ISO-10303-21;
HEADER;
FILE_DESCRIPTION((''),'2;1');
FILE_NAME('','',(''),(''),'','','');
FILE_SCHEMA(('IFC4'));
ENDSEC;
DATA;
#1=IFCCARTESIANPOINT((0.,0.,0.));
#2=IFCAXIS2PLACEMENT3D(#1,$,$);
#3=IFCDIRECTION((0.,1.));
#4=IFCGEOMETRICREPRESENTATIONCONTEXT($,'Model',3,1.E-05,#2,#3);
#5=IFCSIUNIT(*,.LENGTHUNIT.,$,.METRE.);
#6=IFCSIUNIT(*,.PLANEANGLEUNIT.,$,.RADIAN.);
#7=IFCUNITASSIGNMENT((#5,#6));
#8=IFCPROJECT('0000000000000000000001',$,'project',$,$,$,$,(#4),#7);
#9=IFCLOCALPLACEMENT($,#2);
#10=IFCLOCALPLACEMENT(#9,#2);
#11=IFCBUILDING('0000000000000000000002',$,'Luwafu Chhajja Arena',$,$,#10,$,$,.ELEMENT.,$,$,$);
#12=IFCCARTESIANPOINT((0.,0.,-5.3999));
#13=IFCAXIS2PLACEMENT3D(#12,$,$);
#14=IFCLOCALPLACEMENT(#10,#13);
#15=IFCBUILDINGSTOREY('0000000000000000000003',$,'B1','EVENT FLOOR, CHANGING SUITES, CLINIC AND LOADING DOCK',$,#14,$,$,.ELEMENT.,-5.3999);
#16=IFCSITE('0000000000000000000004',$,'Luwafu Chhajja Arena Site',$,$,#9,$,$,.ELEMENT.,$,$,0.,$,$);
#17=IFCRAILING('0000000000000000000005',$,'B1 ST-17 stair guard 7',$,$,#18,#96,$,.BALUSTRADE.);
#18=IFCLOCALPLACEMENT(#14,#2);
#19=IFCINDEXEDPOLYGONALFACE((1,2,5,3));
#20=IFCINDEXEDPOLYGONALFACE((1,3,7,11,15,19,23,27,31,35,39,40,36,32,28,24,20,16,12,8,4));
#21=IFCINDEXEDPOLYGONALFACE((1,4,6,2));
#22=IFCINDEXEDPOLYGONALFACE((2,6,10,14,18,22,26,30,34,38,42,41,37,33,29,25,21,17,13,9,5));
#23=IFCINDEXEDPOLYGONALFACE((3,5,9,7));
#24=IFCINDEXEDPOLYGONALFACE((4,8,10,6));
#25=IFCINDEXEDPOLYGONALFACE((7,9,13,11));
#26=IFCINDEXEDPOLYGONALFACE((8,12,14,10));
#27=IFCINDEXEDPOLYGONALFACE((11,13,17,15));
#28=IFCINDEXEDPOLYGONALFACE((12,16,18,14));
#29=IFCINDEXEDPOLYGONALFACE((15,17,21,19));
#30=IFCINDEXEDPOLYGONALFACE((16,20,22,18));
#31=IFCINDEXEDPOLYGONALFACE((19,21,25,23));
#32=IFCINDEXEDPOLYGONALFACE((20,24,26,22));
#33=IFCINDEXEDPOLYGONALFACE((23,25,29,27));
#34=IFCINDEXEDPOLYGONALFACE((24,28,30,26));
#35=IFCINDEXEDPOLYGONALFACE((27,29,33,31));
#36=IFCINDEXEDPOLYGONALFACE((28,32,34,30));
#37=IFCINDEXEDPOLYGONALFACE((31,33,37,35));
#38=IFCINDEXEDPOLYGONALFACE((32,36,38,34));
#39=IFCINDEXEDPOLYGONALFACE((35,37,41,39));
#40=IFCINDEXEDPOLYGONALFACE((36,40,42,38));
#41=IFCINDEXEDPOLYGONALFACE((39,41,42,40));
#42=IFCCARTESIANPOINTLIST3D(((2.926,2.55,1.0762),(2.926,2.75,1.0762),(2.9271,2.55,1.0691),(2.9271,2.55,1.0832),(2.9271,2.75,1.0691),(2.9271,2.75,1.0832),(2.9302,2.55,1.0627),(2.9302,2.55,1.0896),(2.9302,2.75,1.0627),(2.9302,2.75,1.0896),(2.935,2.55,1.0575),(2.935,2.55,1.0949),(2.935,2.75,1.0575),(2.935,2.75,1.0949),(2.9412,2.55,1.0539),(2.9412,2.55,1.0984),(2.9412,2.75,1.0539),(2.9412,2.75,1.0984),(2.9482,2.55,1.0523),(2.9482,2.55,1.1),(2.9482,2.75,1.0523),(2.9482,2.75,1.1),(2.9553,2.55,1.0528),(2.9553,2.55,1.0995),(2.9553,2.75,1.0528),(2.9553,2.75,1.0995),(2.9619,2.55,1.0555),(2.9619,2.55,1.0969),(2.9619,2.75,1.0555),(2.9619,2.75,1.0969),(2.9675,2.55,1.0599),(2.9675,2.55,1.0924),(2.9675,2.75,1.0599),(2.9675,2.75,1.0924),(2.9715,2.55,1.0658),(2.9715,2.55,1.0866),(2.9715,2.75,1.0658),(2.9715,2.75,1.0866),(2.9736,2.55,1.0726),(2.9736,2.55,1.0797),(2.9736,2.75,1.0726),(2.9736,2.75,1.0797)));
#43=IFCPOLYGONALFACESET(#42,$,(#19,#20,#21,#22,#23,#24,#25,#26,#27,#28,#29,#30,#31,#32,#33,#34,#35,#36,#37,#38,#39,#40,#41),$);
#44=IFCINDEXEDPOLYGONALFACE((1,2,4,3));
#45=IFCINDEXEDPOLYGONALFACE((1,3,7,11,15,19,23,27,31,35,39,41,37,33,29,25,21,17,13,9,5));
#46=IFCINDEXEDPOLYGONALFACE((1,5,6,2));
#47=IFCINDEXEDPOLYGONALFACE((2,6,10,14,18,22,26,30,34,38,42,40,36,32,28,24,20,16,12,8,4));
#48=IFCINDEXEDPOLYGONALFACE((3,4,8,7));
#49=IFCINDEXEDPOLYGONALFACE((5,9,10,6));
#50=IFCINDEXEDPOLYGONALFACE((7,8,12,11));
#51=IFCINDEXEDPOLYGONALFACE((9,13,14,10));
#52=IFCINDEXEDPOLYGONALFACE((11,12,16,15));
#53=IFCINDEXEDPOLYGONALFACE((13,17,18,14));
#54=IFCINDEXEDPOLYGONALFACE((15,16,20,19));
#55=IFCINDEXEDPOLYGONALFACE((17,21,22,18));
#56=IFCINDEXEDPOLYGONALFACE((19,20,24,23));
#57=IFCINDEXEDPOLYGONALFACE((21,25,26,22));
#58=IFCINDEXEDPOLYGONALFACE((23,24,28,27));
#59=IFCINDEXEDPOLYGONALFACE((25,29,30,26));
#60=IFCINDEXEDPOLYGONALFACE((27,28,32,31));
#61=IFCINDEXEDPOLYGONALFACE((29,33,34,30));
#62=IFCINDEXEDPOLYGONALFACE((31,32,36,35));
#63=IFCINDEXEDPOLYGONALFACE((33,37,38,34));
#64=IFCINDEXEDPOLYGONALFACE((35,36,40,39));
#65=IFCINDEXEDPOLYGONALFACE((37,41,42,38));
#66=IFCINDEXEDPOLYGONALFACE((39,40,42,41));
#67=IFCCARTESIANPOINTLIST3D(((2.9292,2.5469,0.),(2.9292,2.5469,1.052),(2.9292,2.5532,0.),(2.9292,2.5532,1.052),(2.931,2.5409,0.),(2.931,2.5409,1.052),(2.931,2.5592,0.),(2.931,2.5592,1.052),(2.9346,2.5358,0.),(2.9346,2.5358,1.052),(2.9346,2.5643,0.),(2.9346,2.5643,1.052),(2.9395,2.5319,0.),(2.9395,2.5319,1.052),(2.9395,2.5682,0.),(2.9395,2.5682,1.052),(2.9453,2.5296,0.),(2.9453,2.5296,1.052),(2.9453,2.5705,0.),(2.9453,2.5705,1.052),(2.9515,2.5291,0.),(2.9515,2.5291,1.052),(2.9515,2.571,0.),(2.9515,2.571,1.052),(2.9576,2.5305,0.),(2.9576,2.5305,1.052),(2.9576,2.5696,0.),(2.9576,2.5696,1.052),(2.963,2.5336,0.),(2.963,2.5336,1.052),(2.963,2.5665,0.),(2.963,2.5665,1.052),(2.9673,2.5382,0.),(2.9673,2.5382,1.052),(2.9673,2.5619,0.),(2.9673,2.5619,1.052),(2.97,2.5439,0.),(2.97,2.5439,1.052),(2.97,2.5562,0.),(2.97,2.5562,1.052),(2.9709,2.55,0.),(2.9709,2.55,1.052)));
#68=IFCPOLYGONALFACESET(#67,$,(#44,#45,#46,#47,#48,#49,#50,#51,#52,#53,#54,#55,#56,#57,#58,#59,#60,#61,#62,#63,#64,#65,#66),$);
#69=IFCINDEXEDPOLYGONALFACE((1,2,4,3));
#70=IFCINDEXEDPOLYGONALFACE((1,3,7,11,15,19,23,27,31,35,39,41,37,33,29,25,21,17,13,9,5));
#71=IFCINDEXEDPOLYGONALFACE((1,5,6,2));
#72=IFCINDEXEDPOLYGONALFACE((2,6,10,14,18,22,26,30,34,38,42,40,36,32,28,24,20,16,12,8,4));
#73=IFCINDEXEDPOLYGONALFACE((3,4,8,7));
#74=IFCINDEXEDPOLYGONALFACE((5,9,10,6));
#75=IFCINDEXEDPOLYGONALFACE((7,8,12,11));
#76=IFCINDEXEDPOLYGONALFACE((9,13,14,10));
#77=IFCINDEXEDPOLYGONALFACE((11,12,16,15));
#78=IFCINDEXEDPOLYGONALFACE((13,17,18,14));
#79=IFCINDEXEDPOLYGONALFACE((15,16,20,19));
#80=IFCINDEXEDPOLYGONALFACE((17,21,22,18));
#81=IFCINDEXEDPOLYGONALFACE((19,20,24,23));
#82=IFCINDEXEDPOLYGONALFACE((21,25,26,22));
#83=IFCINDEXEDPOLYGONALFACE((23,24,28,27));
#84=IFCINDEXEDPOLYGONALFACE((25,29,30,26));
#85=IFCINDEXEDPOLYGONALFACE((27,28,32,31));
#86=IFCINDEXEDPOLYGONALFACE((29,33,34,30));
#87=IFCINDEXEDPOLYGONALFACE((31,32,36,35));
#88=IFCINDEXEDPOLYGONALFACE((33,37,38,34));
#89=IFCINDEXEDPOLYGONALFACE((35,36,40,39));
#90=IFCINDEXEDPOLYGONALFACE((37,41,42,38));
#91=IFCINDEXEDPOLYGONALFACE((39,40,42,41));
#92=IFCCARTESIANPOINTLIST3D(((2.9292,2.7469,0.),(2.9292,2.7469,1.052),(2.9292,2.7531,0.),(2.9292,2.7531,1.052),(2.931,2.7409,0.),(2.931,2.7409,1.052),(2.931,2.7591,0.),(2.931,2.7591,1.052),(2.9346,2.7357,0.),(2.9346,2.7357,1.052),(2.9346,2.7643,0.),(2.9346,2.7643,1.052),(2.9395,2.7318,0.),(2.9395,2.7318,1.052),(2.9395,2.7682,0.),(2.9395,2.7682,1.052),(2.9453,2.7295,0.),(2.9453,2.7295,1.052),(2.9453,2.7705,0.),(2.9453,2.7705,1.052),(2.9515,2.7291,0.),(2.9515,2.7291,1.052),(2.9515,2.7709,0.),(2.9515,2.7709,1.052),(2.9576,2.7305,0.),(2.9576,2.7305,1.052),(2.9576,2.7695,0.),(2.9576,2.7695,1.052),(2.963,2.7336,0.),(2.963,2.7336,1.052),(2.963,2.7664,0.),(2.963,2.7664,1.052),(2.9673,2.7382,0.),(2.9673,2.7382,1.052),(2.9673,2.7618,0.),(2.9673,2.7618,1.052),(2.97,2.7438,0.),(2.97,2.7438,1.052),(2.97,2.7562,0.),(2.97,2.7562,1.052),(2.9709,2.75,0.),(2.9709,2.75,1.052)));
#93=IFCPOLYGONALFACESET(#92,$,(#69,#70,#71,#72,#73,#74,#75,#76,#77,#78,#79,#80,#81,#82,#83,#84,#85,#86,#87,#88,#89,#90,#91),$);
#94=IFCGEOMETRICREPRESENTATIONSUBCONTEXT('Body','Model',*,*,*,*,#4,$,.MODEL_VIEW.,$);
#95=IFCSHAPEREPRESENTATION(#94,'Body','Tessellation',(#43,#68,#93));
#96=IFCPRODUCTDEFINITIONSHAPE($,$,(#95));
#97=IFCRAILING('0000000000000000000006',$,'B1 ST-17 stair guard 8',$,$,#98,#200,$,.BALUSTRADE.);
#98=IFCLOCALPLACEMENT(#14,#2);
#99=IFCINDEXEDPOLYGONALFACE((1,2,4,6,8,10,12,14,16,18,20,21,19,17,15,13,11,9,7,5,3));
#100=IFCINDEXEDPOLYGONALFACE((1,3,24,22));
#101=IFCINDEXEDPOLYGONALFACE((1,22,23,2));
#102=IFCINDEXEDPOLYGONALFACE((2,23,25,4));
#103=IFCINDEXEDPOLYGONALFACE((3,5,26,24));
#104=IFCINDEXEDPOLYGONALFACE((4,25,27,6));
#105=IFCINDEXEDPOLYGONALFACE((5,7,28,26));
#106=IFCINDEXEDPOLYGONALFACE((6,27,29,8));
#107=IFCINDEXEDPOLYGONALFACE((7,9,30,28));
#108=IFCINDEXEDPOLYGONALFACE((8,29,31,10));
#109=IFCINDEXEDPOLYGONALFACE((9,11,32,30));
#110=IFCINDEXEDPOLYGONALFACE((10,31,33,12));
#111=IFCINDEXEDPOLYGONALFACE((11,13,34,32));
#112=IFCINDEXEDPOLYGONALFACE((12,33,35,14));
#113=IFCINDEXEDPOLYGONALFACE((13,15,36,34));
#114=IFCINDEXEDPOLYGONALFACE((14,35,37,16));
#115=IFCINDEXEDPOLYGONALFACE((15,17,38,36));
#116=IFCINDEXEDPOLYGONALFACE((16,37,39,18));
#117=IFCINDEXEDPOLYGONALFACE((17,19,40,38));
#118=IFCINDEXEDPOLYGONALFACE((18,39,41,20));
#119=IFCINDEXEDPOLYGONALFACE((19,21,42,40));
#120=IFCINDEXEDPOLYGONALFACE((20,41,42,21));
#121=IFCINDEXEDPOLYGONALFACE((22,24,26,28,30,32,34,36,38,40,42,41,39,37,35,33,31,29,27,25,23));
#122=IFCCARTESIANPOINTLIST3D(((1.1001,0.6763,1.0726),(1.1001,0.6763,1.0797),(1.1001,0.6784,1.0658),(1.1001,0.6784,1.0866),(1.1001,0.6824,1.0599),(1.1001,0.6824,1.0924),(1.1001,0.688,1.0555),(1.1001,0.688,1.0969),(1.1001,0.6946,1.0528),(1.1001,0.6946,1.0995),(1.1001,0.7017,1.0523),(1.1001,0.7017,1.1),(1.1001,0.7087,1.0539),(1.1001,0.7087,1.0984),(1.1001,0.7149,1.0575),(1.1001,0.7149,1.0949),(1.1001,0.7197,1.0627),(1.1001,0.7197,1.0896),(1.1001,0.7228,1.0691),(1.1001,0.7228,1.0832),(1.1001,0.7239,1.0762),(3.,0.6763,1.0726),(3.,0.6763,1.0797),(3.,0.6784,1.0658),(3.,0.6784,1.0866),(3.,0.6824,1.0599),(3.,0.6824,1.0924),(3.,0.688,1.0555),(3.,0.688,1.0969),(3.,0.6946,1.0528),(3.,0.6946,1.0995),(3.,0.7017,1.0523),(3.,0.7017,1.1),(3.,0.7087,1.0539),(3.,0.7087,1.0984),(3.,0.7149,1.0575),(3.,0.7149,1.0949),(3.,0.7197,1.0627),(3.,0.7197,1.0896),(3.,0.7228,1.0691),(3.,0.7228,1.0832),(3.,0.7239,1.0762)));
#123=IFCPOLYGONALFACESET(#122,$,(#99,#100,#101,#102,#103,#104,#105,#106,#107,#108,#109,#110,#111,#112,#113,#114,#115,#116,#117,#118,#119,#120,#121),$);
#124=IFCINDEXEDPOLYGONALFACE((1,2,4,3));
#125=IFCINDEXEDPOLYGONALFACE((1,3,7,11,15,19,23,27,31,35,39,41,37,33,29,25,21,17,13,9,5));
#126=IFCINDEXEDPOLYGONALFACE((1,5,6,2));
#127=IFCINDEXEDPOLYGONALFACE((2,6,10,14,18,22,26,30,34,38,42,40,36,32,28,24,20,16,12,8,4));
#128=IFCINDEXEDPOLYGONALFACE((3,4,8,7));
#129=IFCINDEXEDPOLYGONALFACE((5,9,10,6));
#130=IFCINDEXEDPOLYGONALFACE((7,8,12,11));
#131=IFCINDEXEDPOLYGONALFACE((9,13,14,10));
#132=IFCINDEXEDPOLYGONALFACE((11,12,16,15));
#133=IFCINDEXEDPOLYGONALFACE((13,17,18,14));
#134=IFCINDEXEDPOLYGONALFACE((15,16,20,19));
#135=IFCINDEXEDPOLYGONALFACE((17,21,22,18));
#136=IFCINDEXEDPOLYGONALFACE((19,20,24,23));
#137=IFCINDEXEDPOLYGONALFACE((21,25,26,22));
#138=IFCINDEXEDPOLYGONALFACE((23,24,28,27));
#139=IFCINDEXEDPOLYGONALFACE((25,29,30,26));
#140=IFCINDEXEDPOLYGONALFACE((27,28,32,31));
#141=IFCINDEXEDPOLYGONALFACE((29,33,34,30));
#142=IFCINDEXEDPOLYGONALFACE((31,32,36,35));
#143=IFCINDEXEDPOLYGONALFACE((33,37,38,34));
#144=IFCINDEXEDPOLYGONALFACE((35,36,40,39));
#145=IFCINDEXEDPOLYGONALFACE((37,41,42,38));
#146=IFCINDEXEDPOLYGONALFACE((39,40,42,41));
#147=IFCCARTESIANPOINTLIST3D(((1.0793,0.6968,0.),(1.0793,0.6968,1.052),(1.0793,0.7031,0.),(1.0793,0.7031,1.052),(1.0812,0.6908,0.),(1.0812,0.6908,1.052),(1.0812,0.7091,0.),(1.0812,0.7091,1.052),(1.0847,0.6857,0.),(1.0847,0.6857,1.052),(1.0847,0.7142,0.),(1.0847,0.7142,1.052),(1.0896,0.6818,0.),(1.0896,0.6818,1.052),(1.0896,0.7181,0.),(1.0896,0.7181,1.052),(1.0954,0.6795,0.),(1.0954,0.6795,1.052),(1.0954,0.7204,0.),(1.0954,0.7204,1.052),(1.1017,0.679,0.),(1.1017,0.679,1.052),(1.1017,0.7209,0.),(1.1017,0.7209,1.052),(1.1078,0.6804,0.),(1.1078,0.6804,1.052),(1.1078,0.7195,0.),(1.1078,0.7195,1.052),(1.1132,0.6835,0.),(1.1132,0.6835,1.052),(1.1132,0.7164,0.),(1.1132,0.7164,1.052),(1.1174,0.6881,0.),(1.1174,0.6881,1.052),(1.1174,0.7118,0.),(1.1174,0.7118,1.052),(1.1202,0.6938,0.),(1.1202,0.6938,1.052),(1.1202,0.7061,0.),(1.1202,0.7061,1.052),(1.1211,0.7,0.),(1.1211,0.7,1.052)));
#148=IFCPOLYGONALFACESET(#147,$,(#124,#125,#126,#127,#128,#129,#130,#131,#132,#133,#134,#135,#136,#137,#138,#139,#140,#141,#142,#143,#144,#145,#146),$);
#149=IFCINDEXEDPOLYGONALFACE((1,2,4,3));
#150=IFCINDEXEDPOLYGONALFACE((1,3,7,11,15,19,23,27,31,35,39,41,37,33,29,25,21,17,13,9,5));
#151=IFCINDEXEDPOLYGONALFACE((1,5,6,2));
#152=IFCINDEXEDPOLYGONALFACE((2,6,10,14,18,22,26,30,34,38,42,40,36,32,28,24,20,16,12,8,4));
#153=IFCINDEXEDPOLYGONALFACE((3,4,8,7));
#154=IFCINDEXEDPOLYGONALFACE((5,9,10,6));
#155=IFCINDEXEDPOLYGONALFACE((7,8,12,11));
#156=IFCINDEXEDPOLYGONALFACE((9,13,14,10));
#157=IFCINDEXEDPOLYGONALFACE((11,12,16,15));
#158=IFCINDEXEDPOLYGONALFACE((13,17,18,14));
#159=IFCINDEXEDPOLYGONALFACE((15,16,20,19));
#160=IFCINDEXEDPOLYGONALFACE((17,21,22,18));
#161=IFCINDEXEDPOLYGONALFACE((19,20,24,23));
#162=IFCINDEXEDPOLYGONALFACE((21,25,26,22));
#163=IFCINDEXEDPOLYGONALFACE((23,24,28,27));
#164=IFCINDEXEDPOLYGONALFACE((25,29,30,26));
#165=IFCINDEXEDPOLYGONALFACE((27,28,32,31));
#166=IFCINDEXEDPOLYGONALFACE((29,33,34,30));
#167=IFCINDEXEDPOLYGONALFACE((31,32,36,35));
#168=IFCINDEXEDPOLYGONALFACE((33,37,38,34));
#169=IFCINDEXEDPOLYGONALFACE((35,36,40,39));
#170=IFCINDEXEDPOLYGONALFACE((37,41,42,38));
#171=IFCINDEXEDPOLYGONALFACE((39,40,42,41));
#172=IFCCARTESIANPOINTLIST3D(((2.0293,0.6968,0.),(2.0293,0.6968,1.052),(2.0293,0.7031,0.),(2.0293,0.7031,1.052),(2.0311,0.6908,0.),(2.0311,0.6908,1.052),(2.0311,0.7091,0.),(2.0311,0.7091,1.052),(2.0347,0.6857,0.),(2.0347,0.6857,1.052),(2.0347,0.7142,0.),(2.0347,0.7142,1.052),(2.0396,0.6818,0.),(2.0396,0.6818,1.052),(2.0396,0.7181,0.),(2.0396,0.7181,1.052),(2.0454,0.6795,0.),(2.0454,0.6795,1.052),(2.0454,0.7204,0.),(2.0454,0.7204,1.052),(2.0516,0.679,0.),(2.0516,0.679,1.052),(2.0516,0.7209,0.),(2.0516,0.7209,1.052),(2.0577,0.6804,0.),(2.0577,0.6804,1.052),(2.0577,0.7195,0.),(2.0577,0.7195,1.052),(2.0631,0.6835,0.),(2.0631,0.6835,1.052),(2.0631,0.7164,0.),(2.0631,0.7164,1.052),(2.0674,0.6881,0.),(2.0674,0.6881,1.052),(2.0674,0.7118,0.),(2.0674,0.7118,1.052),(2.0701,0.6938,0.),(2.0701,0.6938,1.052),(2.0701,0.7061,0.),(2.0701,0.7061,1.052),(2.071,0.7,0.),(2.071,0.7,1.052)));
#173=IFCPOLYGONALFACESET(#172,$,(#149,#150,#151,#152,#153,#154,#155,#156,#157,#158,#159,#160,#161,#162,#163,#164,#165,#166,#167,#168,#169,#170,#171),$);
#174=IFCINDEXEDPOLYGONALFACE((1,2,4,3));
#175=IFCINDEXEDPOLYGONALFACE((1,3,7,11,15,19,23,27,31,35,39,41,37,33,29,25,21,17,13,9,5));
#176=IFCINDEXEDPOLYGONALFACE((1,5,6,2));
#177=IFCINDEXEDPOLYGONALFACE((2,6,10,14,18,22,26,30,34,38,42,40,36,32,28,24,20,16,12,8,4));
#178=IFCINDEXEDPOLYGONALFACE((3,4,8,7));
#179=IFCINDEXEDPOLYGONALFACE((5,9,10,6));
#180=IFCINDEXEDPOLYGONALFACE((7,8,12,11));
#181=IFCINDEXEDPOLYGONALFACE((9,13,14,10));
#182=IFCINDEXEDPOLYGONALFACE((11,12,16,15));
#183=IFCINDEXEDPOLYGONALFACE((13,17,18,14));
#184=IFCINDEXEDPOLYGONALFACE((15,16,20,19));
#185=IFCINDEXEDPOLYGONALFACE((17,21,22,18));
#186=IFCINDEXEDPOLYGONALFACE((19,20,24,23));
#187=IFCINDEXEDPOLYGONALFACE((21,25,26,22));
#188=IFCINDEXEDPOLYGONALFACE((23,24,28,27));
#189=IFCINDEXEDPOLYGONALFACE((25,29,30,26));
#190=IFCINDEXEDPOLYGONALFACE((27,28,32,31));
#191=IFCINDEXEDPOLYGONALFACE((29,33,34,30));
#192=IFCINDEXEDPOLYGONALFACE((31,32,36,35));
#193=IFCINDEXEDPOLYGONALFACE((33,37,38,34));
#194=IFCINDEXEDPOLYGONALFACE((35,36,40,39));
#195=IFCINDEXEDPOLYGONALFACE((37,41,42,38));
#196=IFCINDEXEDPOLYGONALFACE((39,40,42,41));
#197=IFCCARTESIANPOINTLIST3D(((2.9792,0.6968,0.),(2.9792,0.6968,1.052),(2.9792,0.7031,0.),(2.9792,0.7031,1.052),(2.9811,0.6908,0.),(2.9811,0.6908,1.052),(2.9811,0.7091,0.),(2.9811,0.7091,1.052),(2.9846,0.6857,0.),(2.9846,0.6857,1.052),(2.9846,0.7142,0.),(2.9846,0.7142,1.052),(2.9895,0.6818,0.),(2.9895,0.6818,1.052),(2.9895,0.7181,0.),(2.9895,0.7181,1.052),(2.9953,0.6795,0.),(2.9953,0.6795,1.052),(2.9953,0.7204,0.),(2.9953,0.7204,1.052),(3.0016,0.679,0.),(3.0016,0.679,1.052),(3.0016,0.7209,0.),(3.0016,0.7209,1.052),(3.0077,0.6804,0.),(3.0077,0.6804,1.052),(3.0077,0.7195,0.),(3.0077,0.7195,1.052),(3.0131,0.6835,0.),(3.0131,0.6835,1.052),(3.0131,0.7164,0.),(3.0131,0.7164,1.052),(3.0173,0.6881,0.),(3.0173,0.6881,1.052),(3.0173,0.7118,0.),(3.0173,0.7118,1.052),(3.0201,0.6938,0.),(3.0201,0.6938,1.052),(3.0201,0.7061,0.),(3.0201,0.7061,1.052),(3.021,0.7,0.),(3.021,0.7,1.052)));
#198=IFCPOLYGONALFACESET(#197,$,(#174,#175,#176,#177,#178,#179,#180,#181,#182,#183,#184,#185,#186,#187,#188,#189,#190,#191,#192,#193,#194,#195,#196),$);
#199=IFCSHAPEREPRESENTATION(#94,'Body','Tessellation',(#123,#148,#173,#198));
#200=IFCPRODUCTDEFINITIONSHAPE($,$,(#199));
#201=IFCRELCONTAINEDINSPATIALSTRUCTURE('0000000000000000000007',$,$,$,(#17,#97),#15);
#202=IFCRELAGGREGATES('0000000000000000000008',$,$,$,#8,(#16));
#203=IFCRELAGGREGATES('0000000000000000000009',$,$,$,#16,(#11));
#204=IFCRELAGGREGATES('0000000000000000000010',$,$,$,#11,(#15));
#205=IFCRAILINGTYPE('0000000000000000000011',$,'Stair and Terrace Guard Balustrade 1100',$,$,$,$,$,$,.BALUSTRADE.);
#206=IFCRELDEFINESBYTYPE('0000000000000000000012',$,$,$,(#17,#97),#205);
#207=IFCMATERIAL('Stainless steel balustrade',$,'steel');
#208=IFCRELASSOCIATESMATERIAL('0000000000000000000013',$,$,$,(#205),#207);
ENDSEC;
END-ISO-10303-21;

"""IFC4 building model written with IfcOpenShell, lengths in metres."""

from ifc_helpers import new_model, si_unit, direction, frame, origin, origin_2d, place, context, subcontext, project, spatial, circle, extrude, material, type_object, element, save


model = new_model("IFC4")

# Units and contexts
model_context = context("Model", 3, precision=1e-05, world=origin(), true_north=direction((0.0, 1.0)))
body_context = subcontext(model_context, "Body", "Model", "MODEL_VIEW")
ifc_project = project(units=[si_unit("LENGTHUNIT", "METRE"), si_unit("PLANEANGLEUNIT", "RADIAN")], contexts=[model_context])

# Site, building, storey
site_placement = place(None, origin())
site = spatial("IfcSite", under=ifc_project, at=site_placement, Name="Luwafu Chhajja Arena Site", CompositionType="ELEMENT", RefElevation=0.0)
building_placement = place(site_placement, origin())
building = spatial("IfcBuilding", under=site, at=building_placement, Name="Luwafu Chhajja Arena", CompositionType="ELEMENT")
storey_placement = place(building_placement, frame((0.0, 0.0, -5.3999)))
storey = spatial("IfcBuildingStorey", under=building, at=storey_placement, Name="B1", Description="EVENT FLOOR, CHANGING SUITES, CLINIC AND LOADING DOCK", CompositionType="ELEMENT", Elevation=-5.3999)

# Railings
ifc_material_1 = material(Name="Stainless steel balustrade", Category="steel")
railing_type_1 = type_object("IfcRailingType", Name="Stair and Terrace Guard Balustrade 1100", PredefinedType="BALUSTRADE", material=ifc_material_1)
railing_1_placement = place(storey_placement, frame((2.95, 2.55, 0.0)))
element("IfcRailing", 1, at=railing_1_placement, inside=storey, type_object=railing_type_1, Name="B1 ST-17 stair guard 7", PredefinedType="BALUSTRADE", context=body_context, shape_type="SweptSolid", body=[
    extrude(circle(Radius=0.0239, at=origin_2d()), frame((0.0, 0.0, 1.0762), z_axis=(0.0, 1.0, 0.0), x_axis=(-1.0, 0.0, 0.0)), (0.0, 0.0, 1.0), 0.2),
    extrude(circle(Radius=0.021, at=origin_2d()), origin(), (0.0, 0.0, 1.0), 1.052),
    extrude(circle(Radius=0.021, at=origin_2d()), frame((0.0, 0.2, 0.0)), (0.0, 0.0, 1.0), 1.052),
])
for number, where, name in (
    (2, (1.1001, 0.7, 0.0), "B1 ST-17 stair guard 8"),
):
    element("IfcRailing", number, at=place(storey_placement, frame(where)), inside=storey, type_object=railing_type_1, Name=name, PredefinedType="BALUSTRADE", context=body_context, shape_type="SweptSolid", body=[
        extrude(circle(Radius=0.0239, at=origin_2d()), frame((0.0, 0.0, 1.0762), z_axis=(1.0, 0.0, 0.0), x_axis=(0.0, 1.0, 0.0)), (0.0, 0.0, 1.0), 1.8999),
        extrude(circle(Radius=0.021, at=origin_2d()), origin(), (0.0, 0.0, 1.0), 1.052),
        extrude(circle(Radius=0.021, at=origin_2d()), frame((0.95, 0.0, 0.0)), (0.0, 0.0, 1.0), 1.052),
        extrude(circle(Radius=0.021, at=origin_2d()), frame((1.8999, 0.0, 0.0)), (0.0, 0.0, 1.0), 1.052),
    ])

save(model, "model.ifc")
